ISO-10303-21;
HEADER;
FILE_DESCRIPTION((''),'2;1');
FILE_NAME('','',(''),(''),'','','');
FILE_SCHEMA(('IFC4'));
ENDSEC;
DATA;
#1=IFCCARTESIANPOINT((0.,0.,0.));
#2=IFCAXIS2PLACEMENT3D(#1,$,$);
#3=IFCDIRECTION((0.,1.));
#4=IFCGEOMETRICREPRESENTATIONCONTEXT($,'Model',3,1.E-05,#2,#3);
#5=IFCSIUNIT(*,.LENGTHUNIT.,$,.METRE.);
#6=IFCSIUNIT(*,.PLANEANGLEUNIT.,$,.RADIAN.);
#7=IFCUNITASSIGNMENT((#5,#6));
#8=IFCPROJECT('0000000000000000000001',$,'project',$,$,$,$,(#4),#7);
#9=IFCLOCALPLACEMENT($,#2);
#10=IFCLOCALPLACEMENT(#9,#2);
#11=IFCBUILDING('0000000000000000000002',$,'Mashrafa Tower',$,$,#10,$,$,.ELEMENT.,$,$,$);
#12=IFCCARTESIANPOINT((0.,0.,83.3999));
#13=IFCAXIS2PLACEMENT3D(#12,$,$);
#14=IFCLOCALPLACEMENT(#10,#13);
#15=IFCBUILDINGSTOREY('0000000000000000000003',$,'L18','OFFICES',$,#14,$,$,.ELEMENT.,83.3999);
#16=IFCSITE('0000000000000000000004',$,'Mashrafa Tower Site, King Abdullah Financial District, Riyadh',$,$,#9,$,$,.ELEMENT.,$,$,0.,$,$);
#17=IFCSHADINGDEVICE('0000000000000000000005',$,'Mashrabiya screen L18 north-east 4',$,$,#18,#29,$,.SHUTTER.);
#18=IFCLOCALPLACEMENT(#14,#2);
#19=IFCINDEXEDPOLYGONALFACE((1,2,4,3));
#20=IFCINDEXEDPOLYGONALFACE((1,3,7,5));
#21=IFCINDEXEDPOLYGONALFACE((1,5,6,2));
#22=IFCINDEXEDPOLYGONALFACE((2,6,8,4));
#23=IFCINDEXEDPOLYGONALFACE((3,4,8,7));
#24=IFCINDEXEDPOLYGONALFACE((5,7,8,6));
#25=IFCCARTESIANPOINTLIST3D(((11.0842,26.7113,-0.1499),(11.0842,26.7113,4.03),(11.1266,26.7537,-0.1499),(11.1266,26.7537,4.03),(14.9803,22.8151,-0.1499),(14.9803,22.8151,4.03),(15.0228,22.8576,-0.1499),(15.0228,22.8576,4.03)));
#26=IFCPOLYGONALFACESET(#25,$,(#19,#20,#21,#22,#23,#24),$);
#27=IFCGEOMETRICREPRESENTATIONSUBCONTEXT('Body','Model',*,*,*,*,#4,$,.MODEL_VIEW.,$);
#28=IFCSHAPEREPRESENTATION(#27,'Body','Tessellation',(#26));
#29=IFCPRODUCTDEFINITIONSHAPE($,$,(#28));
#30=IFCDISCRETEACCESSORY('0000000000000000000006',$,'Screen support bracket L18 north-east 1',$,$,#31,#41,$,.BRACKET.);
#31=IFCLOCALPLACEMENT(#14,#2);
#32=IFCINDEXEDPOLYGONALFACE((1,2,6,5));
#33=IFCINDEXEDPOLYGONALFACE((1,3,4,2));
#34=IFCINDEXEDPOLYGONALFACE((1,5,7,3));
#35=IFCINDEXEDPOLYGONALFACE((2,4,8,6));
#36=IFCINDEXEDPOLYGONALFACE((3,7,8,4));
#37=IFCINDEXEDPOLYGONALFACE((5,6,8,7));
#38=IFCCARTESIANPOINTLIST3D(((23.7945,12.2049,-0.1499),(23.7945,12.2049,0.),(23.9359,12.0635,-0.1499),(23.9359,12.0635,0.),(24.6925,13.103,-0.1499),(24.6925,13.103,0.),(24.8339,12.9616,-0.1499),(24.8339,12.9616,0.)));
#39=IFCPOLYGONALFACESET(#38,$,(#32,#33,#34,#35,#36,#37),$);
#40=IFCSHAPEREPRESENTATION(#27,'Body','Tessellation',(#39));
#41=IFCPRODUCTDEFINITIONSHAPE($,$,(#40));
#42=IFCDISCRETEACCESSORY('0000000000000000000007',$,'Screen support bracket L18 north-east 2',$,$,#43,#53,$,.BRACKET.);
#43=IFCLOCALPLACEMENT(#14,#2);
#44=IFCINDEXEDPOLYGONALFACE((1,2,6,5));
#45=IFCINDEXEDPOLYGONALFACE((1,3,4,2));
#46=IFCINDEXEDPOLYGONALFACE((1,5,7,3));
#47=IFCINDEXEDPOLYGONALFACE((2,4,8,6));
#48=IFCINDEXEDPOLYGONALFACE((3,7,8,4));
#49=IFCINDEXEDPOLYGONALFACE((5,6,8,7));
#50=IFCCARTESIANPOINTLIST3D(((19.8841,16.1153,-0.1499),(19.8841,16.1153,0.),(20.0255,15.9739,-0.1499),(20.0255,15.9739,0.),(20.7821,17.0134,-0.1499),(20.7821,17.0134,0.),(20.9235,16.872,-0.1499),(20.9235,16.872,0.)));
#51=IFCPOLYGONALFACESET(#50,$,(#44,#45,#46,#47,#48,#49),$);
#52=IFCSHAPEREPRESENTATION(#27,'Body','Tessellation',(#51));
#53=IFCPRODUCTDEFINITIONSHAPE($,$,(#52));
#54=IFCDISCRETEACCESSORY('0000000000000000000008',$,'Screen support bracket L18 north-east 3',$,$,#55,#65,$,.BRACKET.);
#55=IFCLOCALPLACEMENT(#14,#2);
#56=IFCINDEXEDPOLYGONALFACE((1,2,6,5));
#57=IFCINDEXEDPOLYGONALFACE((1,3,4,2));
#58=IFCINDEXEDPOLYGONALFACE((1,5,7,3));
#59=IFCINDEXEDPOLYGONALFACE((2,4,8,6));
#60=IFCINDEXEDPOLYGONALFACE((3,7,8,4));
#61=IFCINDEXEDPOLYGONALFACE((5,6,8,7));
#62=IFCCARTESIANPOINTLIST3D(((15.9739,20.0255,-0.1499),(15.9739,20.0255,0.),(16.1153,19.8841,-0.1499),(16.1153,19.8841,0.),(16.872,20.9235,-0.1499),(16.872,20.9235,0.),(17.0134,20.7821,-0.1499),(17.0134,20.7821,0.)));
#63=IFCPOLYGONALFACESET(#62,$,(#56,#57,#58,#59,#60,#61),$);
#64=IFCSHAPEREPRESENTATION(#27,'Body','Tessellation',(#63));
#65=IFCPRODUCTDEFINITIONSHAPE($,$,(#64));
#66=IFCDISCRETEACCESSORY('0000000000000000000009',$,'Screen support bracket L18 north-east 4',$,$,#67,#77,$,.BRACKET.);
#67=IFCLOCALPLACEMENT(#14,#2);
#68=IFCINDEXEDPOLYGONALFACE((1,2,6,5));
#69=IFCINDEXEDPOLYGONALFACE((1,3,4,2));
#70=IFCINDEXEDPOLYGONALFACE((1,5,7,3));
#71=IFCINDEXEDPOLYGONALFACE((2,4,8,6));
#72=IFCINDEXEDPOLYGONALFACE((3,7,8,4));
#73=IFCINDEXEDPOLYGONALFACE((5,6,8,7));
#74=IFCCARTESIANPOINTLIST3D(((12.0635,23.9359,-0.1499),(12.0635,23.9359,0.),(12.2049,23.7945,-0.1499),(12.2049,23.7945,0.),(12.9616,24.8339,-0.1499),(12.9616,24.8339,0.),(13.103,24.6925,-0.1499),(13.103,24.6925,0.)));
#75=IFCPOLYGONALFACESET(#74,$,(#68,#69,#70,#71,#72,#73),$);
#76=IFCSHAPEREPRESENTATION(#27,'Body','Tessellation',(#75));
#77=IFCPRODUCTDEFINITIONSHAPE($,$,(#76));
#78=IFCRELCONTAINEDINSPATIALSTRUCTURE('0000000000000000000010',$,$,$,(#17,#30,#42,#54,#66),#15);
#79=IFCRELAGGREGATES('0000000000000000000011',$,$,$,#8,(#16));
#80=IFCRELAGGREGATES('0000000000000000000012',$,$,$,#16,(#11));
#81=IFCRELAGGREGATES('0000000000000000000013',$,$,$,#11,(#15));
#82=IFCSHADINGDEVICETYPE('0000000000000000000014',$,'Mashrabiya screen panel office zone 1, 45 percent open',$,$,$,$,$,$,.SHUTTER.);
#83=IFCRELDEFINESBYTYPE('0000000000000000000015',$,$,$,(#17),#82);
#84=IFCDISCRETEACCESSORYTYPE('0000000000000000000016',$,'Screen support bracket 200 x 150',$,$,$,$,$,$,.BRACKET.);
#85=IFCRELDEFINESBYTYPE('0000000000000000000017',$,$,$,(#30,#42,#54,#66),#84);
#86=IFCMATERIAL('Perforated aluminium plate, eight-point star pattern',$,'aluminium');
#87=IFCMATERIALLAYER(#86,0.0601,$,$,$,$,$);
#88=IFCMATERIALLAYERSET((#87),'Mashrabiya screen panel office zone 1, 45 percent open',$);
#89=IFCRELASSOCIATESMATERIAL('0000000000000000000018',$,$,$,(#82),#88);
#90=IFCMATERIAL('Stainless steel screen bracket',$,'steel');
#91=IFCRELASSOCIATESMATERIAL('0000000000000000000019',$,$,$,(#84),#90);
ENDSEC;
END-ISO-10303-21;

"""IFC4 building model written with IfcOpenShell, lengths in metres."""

from ifc_helpers import new_model, si_unit, direction, frame, origin, origin_2d, place, context, subcontext, project, spatial, rectangle, extrude, source, transform, mapped, material, layer, layer_set, type_object, type_shapes, element, save


model = new_model("IFC4")

# Units and contexts
model_context = context("Model", 3, precision=1e-05, world=origin(), true_north=direction((0.0, 1.0)))
body_context = subcontext(model_context, "Body", "Model", "MODEL_VIEW")
ifc_project = project(units=[si_unit("LENGTHUNIT", "METRE"), si_unit("PLANEANGLEUNIT", "RADIAN")], contexts=[model_context])

# Site, building, storey
site_placement = place(None, origin())
site = spatial("IfcSite", under=ifc_project, at=site_placement, Name="Mashrafa Tower Site, King Abdullah Financial District, Riyadh", CompositionType="ELEMENT", RefElevation=0.0)
building_placement = place(site_placement, origin())
building = spatial("IfcBuilding", under=site, at=building_placement, Name="Mashrafa Tower", CompositionType="ELEMENT")
storey_placement = place(building_placement, frame((0.0, 0.0, 83.3999)))
storey = spatial("IfcBuildingStorey", under=building, at=storey_placement, Name="L18", Description="OFFICES", CompositionType="ELEMENT", Elevation=83.3999)

# Shading device
ifc_material_1 = material(Name="Perforated aluminium plate, eight-point star pattern", Category="aluminium")
ifc_layer_1 = layer(ifc_material_1, 0.0601)
ifc_layer_set_1 = layer_set([ifc_layer_1], Name="Mashrabiya screen panel office zone 1, 45 percent open")
shading_device_type = type_object("IfcShadingDeviceType", Name="Mashrabiya screen panel office zone 1, 45 percent open", PredefinedType="SHUTTER", material=ifc_layer_set_1)
shared_shape_1 = source(origin(), body_context, "Body", "SweptSolid", [
    extrude(rectangle(XDim=5.51, YDim=0.0601, at=origin_2d()), origin(), (0.0, 0.0, 1.0), 4.1799),
])
type_shapes(shading_device_type, [shared_shape_1])
for number, where, z_axis, x_axis, name in (
    (1, (13.0535, 24.7844, -0.1499), (0.0, 0.0, 1.0), (-0.707107, 0.707107, 0.0), "Mashrabiya screen L18 north-east 4"),
):
    element("IfcShadingDevice", number, at=place(storey_placement, frame(where, z_axis=z_axis, x_axis=x_axis)), inside=storey, type_object=shading_device_type, Name=name, PredefinedType="SHUTTER", context=body_context, shape_type="MappedRepresentation", body=[
        mapped(shared_shape_1, transform((0.0, 0.0, 0.0))),
    ])

# Discrete accessories
ifc_material_2 = material(Name="Stainless steel screen bracket", Category="steel")
discrete_accessory_type = type_object("IfcDiscreteAccessoryType", Name="Screen support bracket 200 x 150", PredefinedType="BRACKET", material=ifc_material_2)
shared_shape_2 = source(origin(), body_context, "Body", "SweptSolid", [
    extrude(rectangle(XDim=0.2, YDim=1.27, at=origin_2d()), origin(), (0.0, 0.0, 1.0), 0.1499),
])
type_shapes(discrete_accessory_type, [shared_shape_2])
for number, where, z_axis, x_axis, name in (
    (2, (24.3142, 12.5833, -0.1499), (0.0, 0.0, 1.0), (-0.707107, 0.707107, 0.0), "Screen support bracket L18 north-east 1"),
    (3, (20.4038, 16.4937, -0.1499), (0.0, 0.0, 1.0), (-0.707107, 0.707107, 0.0), "Screen support bracket L18 north-east 2"),
    (4, (16.4937, 20.4038, -0.1499), (0.0, 0.0, 1.0), (-0.707107, 0.707107, 0.0), "Screen support bracket L18 north-east 3"),
    (5, (12.5833, 24.3142, -0.1499), (0.0, 0.0, 1.0), (-0.707107, 0.707107, 0.0), "Screen support bracket L18 north-east 4"),
):
    element("IfcDiscreteAccessory", number, at=place(storey_placement, frame(where, z_axis=z_axis, x_axis=x_axis)), inside=storey, type_object=discrete_accessory_type, Name=name, PredefinedType="BRACKET", context=body_context, shape_type="MappedRepresentation", body=[
        mapped(shared_shape_2, transform((0.0, 0.0, 0.0))),
    ])

save(model, "model.ifc")
